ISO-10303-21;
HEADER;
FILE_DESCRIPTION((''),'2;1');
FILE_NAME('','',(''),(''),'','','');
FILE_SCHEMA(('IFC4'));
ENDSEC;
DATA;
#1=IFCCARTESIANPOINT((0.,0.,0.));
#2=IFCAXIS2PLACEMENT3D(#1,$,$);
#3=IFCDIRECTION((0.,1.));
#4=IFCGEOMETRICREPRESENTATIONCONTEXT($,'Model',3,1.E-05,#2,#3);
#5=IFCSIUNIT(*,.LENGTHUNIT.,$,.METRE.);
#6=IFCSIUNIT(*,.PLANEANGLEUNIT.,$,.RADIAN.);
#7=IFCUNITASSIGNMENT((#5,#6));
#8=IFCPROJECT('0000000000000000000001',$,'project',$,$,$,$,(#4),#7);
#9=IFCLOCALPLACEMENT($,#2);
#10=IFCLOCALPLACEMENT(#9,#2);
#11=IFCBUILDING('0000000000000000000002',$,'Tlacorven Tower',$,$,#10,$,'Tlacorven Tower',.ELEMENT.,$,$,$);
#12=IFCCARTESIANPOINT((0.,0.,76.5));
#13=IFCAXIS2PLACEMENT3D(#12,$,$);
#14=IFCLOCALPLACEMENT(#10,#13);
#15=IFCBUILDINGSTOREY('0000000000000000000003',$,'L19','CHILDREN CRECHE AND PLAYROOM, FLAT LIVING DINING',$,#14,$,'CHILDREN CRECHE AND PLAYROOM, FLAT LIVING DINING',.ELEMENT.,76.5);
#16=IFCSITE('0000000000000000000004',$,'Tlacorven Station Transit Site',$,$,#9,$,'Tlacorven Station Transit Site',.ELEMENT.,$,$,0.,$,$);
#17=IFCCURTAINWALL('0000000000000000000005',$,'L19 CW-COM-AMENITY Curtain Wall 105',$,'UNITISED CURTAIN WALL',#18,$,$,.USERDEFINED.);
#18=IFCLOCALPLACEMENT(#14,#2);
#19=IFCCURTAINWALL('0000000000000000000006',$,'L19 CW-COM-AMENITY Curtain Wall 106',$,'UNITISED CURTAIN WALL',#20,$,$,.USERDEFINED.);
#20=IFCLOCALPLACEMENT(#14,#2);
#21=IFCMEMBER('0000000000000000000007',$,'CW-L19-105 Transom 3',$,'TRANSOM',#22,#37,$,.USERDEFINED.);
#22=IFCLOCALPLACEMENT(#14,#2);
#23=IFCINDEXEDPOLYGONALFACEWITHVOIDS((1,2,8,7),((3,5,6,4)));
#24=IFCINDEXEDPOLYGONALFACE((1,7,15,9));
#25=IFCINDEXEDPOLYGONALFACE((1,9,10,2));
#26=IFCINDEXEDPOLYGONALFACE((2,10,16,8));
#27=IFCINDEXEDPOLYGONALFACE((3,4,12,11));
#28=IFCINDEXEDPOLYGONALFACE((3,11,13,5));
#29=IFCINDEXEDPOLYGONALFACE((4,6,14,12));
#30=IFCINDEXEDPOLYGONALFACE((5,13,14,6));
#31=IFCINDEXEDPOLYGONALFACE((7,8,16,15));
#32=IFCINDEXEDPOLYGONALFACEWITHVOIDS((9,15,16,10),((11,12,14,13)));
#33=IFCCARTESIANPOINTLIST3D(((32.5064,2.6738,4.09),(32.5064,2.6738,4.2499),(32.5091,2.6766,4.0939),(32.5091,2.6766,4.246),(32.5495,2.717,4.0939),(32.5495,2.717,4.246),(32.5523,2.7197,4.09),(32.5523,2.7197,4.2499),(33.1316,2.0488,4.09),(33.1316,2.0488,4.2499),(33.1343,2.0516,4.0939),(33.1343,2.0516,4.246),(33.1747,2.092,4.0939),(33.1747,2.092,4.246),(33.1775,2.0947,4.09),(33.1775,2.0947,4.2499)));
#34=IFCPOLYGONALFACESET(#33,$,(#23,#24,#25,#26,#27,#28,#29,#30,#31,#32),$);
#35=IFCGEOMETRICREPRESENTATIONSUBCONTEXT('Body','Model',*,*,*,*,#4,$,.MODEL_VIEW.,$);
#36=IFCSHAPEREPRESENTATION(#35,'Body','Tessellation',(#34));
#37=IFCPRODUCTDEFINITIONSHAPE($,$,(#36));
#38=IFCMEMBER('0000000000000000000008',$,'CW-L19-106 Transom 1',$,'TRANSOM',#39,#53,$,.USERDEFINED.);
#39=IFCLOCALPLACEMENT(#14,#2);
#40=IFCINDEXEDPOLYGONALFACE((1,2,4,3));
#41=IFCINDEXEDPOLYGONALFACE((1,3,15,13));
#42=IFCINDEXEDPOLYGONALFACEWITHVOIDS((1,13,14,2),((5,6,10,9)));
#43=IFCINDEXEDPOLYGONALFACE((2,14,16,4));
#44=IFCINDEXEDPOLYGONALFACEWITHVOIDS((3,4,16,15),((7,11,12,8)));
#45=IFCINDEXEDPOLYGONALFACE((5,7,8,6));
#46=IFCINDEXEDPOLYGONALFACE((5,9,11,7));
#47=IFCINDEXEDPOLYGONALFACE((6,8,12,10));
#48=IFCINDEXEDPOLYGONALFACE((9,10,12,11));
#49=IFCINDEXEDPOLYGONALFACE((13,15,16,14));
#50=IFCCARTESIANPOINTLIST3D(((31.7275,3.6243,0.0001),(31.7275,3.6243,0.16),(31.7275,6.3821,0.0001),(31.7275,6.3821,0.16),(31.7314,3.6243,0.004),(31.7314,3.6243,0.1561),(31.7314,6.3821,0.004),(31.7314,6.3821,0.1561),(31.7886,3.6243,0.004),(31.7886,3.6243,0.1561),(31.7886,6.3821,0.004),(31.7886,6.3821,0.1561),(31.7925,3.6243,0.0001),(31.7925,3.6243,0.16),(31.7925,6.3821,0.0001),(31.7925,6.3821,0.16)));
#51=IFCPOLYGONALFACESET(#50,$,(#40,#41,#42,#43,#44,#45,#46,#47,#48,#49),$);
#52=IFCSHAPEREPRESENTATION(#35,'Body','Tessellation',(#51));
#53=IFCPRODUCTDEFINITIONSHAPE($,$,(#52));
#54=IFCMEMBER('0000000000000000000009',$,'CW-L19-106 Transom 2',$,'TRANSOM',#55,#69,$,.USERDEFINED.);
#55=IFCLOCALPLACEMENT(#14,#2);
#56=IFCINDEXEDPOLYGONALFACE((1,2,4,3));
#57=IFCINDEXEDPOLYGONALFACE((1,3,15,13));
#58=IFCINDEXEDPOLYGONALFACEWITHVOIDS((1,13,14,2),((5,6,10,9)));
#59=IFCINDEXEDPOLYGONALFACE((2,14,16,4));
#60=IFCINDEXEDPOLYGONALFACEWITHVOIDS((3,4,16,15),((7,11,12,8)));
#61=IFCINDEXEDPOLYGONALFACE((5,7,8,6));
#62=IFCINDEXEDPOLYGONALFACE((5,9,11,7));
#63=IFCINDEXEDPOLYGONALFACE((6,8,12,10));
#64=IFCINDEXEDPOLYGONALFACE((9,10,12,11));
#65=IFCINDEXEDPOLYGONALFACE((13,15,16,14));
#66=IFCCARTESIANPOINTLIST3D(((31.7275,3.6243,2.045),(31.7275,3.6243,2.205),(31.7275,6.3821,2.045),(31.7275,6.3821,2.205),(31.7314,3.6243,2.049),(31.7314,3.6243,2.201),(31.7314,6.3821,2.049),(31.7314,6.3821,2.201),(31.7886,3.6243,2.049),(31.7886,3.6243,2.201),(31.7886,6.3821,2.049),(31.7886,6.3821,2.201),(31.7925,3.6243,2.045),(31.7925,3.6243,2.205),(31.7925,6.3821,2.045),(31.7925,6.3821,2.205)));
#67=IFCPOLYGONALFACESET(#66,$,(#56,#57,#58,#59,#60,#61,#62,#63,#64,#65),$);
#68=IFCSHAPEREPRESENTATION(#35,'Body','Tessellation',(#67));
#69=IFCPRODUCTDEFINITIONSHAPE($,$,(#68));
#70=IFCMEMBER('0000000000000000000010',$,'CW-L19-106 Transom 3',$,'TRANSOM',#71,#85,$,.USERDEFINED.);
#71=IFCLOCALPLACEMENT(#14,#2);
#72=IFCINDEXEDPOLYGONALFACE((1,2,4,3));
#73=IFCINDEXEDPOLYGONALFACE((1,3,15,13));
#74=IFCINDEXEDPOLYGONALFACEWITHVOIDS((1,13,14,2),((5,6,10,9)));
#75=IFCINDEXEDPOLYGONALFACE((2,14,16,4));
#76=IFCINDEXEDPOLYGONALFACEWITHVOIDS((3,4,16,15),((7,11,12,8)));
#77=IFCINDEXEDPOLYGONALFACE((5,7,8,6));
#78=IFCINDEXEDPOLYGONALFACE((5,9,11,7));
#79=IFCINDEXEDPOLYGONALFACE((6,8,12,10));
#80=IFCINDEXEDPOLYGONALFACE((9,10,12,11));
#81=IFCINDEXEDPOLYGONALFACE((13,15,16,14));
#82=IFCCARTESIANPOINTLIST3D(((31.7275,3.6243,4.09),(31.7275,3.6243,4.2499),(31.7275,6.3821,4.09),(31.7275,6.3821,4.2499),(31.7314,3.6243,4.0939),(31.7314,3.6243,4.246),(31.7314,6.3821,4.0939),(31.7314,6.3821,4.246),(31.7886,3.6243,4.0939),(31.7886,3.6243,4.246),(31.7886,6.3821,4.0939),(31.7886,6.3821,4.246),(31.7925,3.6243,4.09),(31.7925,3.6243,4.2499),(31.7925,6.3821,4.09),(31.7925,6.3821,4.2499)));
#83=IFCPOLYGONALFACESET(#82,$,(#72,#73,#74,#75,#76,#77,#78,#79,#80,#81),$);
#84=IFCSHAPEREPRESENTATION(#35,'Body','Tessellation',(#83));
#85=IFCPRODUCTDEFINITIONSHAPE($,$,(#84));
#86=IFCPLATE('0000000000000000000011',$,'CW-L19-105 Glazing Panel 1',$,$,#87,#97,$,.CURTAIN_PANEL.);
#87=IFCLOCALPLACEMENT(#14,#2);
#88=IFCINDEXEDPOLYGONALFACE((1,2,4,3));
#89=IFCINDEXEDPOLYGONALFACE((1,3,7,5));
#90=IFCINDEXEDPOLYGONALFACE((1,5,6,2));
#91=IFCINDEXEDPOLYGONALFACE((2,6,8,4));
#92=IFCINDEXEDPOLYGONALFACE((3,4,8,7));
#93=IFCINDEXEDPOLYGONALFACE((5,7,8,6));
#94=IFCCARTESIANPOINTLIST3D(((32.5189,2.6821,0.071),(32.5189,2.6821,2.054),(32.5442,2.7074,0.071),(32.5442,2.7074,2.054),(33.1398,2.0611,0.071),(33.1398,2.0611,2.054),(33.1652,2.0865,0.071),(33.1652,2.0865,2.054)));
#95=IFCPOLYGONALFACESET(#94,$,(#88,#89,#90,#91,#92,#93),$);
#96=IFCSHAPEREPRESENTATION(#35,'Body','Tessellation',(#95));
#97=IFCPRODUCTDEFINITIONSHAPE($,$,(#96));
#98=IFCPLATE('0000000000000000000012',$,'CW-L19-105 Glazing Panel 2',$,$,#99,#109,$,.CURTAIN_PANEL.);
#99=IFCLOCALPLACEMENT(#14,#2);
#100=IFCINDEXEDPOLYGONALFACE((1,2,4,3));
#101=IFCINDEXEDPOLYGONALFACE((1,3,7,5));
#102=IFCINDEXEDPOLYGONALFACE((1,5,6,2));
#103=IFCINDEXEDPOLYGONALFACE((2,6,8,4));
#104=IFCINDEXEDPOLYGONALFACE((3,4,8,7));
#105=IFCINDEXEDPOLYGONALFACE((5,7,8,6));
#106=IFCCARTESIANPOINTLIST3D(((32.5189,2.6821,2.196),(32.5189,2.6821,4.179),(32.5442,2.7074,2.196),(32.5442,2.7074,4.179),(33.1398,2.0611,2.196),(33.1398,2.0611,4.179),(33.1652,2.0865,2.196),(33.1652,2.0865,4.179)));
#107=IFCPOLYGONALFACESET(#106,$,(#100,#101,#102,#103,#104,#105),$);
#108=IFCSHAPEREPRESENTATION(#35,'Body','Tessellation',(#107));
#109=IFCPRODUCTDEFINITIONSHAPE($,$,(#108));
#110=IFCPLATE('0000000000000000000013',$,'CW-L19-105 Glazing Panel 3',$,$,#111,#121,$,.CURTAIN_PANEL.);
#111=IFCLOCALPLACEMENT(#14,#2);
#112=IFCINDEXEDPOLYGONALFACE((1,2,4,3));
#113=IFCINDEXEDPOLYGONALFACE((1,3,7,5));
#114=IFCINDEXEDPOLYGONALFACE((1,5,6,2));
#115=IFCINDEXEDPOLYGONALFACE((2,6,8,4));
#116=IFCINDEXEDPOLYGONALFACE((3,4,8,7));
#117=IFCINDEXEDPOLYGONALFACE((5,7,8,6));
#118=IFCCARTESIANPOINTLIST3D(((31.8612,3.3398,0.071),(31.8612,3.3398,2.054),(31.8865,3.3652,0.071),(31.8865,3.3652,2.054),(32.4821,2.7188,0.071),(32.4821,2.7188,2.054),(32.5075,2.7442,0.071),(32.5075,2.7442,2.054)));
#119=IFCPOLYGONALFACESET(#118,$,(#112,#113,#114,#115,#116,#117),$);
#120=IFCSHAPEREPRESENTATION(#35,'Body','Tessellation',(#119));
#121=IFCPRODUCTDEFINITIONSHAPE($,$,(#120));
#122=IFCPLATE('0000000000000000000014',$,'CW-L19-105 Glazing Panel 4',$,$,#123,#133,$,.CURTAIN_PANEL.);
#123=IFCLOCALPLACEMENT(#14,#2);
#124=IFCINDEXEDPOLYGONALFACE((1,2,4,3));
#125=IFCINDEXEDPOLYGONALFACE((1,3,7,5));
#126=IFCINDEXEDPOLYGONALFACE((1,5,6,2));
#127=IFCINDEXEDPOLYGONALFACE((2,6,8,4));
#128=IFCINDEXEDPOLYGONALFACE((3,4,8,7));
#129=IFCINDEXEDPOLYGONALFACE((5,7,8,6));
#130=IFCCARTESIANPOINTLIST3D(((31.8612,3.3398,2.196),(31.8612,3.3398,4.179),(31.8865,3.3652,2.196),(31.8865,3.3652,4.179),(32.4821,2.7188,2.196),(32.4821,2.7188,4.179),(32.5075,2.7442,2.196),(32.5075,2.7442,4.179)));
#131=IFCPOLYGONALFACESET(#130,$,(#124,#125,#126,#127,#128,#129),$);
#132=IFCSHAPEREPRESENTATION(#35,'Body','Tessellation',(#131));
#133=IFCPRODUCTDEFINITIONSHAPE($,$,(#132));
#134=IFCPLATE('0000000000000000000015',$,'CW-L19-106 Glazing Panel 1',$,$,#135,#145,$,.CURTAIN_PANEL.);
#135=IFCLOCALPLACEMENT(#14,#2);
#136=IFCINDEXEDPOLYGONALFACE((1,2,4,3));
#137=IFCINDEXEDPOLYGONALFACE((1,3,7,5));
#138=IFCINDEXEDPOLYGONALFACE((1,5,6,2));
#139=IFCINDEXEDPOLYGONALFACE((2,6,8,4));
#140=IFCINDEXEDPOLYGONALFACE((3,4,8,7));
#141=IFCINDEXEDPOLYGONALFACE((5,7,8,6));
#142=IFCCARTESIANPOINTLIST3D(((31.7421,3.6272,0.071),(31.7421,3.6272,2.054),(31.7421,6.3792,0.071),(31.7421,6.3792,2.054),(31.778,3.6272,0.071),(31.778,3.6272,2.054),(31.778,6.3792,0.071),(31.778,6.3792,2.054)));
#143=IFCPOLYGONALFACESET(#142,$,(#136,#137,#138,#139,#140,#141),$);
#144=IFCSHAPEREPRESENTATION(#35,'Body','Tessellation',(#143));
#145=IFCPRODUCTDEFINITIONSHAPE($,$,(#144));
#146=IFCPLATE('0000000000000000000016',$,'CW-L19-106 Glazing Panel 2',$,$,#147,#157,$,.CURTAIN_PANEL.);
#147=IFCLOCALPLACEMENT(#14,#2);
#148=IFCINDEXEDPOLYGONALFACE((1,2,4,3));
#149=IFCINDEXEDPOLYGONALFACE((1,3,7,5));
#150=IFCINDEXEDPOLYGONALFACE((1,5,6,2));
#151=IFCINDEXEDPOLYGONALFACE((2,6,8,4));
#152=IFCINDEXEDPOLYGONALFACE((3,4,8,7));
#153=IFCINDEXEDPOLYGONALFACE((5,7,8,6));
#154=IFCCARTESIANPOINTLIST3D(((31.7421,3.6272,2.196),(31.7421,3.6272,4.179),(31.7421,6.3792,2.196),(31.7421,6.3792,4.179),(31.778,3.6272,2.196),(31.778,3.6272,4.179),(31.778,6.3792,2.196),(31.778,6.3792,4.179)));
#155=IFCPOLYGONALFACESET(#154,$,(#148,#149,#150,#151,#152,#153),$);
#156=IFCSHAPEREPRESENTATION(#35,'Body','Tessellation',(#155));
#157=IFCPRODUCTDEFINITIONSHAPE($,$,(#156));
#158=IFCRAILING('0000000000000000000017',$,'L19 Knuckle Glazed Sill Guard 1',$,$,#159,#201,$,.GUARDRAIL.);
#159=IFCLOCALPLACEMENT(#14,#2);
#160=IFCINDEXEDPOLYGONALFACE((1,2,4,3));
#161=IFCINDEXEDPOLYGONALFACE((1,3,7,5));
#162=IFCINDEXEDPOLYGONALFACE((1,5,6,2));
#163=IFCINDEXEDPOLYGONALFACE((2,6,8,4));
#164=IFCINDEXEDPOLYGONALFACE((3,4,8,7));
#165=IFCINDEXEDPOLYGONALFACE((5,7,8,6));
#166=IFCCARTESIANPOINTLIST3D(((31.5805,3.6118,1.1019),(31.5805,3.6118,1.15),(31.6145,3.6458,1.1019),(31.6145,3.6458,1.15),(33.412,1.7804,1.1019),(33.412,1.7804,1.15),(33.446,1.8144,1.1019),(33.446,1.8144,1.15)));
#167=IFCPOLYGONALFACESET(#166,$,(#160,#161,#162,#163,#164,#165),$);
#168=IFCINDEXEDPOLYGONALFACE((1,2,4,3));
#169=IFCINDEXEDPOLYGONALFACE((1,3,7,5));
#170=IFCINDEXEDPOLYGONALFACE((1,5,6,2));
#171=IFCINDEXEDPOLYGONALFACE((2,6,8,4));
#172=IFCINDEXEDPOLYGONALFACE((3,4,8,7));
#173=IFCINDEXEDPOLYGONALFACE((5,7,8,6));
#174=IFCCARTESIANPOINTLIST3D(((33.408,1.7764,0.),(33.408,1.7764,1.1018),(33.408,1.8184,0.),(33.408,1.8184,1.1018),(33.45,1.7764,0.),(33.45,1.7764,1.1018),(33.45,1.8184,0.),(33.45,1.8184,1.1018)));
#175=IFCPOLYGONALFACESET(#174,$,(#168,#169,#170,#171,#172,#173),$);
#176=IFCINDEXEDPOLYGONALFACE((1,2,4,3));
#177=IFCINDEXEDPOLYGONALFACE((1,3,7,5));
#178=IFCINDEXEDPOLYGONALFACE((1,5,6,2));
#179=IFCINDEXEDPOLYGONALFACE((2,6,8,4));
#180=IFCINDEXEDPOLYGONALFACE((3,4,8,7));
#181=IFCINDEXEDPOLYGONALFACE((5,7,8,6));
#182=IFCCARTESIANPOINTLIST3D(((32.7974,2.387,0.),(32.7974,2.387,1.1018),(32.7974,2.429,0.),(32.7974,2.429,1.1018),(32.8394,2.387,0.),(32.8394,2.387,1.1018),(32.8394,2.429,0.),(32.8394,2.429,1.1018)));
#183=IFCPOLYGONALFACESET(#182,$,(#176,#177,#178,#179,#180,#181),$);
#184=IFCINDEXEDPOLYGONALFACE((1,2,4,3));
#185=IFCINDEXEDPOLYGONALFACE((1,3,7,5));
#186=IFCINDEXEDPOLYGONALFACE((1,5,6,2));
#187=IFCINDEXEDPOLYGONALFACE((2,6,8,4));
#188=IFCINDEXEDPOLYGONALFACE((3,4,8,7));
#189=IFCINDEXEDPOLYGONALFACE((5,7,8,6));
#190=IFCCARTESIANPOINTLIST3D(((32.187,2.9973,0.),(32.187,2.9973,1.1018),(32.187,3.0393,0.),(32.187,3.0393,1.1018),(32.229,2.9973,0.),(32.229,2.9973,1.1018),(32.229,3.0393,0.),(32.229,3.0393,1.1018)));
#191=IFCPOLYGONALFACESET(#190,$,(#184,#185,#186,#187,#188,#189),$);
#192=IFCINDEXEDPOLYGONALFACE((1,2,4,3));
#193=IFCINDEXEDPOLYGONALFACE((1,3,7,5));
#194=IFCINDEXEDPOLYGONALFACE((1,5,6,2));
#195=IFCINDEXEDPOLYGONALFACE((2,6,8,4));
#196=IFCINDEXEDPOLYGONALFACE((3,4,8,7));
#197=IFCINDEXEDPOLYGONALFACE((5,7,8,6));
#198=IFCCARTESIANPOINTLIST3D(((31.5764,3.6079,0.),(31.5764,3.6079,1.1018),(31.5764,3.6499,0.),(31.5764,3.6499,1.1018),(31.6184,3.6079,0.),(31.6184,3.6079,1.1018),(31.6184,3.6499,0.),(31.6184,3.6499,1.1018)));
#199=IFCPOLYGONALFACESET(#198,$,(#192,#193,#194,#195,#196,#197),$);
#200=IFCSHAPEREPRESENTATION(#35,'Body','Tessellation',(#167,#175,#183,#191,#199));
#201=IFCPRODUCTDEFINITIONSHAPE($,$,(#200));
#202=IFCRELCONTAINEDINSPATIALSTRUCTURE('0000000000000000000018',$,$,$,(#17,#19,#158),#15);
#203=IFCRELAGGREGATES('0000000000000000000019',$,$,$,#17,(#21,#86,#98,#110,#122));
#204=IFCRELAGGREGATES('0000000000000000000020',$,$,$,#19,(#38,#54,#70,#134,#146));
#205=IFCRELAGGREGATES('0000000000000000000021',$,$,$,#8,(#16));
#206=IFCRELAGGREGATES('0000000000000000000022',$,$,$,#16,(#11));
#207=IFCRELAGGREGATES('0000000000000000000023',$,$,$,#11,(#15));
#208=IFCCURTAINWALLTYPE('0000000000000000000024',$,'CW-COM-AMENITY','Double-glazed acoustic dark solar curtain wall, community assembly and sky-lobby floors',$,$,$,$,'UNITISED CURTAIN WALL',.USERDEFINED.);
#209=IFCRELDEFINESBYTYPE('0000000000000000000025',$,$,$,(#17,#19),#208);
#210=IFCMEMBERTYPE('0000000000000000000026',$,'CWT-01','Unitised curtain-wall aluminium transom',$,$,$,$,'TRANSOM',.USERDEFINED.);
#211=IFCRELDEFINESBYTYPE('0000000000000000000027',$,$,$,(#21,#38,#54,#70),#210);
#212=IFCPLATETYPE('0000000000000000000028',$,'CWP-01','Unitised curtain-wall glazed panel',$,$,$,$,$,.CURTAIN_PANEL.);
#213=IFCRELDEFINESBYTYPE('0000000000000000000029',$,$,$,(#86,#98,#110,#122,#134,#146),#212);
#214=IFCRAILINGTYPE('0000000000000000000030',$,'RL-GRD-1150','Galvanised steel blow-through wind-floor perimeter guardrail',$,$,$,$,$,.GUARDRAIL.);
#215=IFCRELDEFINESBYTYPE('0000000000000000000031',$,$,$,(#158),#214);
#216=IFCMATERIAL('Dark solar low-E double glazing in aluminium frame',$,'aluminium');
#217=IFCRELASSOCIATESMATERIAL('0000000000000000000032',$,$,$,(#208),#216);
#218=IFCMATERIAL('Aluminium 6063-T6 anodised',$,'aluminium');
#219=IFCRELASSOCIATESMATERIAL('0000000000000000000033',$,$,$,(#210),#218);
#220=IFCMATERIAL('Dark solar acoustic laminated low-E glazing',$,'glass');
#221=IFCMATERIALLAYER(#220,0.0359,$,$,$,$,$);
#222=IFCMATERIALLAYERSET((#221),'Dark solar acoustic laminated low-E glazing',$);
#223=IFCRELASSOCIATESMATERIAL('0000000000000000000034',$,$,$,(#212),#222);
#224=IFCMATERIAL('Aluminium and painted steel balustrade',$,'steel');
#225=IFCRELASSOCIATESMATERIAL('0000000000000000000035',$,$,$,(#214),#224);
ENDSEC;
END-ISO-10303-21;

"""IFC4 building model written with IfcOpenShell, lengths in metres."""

from ifc_helpers import new_model, si_unit, direction, frame, origin, origin_2d, place, context, subcontext, project, spatial, rectangle, hollow_rectangle, extrude, source, transform, mapped, material, layer, layer_set, material_profile, profile_set, type_object, element, aggregate, save


model = new_model("IFC4")

# Units and contexts
model_context = context("Model", 3, precision=1e-05, world=origin(), true_north=direction((0.0, 1.0)))
body_context = subcontext(model_context, "Body", "Model", "MODEL_VIEW")
ifc_project = project(units=[si_unit("LENGTHUNIT", "METRE"), si_unit("PLANEANGLEUNIT", "RADIAN")], contexts=[model_context])

# Site, building, storey
site_placement = place(None, origin())
site = spatial("IfcSite", under=ifc_project, at=site_placement, Name="Tlacorven Station Transit Site", LongName="Tlacorven Station Transit Site", CompositionType="ELEMENT", RefElevation=0.0)
building_placement = place(site_placement, origin())
building = spatial("IfcBuilding", under=site, at=building_placement, Name="Tlacorven Tower", LongName="Tlacorven Tower", CompositionType="ELEMENT")
storey_placement = place(building_placement, frame((0.0, 0.0, 76.5)))
storey = spatial("IfcBuildingStorey", under=building, at=storey_placement, Name="L19", Description="CHILDREN CRECHE AND PLAYROOM, FLAT LIVING DINING", LongName="CHILDREN CRECHE AND PLAYROOM, FLAT LIVING DINING", CompositionType="ELEMENT", Elevation=76.5)

# Shared definitions
ifc_material_1 = material(Name="Dark solar low-E double glazing in aluminium frame", Category="aluminium")
curtain_wall_type = type_object("IfcCurtainWallType", Name="CW-COM-AMENITY", Description="Double-glazed acoustic dark solar curtain wall, community assembly and sky-lobby floors", ElementType="UNITISED CURTAIN WALL", PredefinedType="USERDEFINED", material=ifc_material_1)
ifc_material_2 = material(Name="Aluminium 6063-T6 anodised", Category="aluminium")

# Curtain walls
curtain_wall_1_placement = place(storey_placement, origin())
curtain_wall_1 = element("IfcCurtainWall", 1, at=curtain_wall_1_placement, inside=storey, type_object=curtain_wall_type, Name="L19 CW-COM-AMENITY Curtain Wall 105", ObjectType="UNITISED CURTAIN WALL", PredefinedType="USERDEFINED")
curtain_wall_2_placement = place(storey_placement, origin())
curtain_wall_2 = element("IfcCurtainWall", 2, at=curtain_wall_2_placement, inside=storey, type_object=curtain_wall_type, Name="L19 CW-COM-AMENITY Curtain Wall 106", ObjectType="UNITISED CURTAIN WALL", PredefinedType="USERDEFINED")

# Members
ifc_material_profile_1 = material_profile(ifc_material_2, hollow_rectangle(XDim=0.0649, YDim=0.1599, WallThickness=0.0039, at=origin_2d()), Name="ALU TRANSOM 65X160")
ifc_profile_set_1 = profile_set([ifc_material_profile_1], Name="Aluminium 6063-T6 anodised")
member_type_1 = type_object("IfcMemberType", Name="CWT-01", Description="Unitised curtain-wall aluminium transom", ElementType="TRANSOM", PredefinedType="USERDEFINED", material=ifc_profile_set_1)
shared_shape_1 = source(origin(), body_context, "Body", "SweptSolid", [
    extrude(hollow_rectangle(XDim=0.0649, YDim=0.1599, WallThickness=0.0039, at=origin_2d()), origin(), (0.0, 0.0, 1.0), 0.884),
])
member_1_placement = place(storey_placement, frame((33.1545, 2.0718, 4.1699), z_axis=(-0.707245, 0.706969, 0.0), x_axis=(-0.706969, -0.707245, 0.0)))
member_1 = element("IfcMember", 3, at=member_1_placement, type_object=member_type_1, Name="CW-L19-105 Transom 3", ObjectType="TRANSOM", PredefinedType="USERDEFINED", context=body_context, shape_type="MappedRepresentation", body=[
    mapped(shared_shape_1, transform((0.0, 0.0, 0.0), scale=1.0)),
])
shared_shape_2 = source(origin(), body_context, "Body", "SweptSolid", [
    extrude(hollow_rectangle(XDim=0.0649, YDim=0.1599, WallThickness=0.0039, at=origin_2d()), origin(), (0.0, 0.0, 1.0), 2.7578),
])
member_2_placement = place(storey_placement, frame((31.76, 3.6243, 0.0801), z_axis=(0.0, 1.0, 0.0), x_axis=(-1.0, 0.0, 0.0)))
member_2 = element("IfcMember", 4, at=member_2_placement, type_object=member_type_1, Name="CW-L19-106 Transom 1", ObjectType="TRANSOM", PredefinedType="USERDEFINED", context=body_context, shape_type="MappedRepresentation", body=[
    mapped(shared_shape_2, transform((0.0, 0.0, 0.0), scale=1.0)),
])
member_3_placement = place(storey_placement, frame((31.76, 3.6243, 2.125), z_axis=(0.0, 1.0, 0.0), x_axis=(-1.0, 0.0, 0.0)))
member_3 = element("IfcMember", 5, at=member_3_placement, type_object=member_type_1, Name="CW-L19-106 Transom 2", ObjectType="TRANSOM", PredefinedType="USERDEFINED", context=body_context, shape_type="MappedRepresentation", body=[
    mapped(shared_shape_2, transform((0.0, 0.0, 0.0), scale=1.0)),
])
member_4_placement = place(storey_placement, frame((31.76, 3.6243, 4.1699), z_axis=(0.0, 1.0, 0.0), x_axis=(-1.0, 0.0, 0.0)))
member_4 = element("IfcMember", 6, at=member_4_placement, type_object=member_type_1, Name="CW-L19-106 Transom 3", ObjectType="TRANSOM", PredefinedType="USERDEFINED", context=body_context, shape_type="MappedRepresentation", body=[
    mapped(shared_shape_2, transform((0.0, 0.0, 0.0), scale=1.0)),
])

# Plates
ifc_material_3 = material(Name="Dark solar acoustic laminated low-E glazing", Category="glass")
ifc_layer = layer(ifc_material_3, 0.0359)
ifc_layer_set = layer_set([ifc_layer], Name="Dark solar acoustic laminated low-E glazing")
plate_type = type_object("IfcPlateType", Name="CWP-01", Description="Unitised curtain-wall glazed panel", PredefinedType="CURTAIN_PANEL", material=ifc_layer_set)
shared_shape_3 = source(origin(), body_context, "Body", "SweptSolid", [
    extrude(rectangle(XDim=0.8782, YDim=0.0359, at=origin_2d()), origin(), (0.0, 0.0, 1.0), 1.9829),
])
plate_1_placement = place(storey_placement, frame((32.842, 2.3843, 0.071), z_axis=(0.0, 0.0, 1.0), x_axis=(-0.707107, 0.707107, 0.0)))
plate_1 = element("IfcPlate", 7, at=plate_1_placement, type_object=plate_type, Name="CW-L19-105 Glazing Panel 1", PredefinedType="CURTAIN_PANEL", context=body_context, shape_type="MappedRepresentation", body=[
    mapped(shared_shape_3, transform((0.0, 0.0, 0.0), scale=1.0)),
])
plate_2_placement = place(storey_placement, frame((32.842, 2.3843, 2.196), z_axis=(0.0, 0.0, 1.0), x_axis=(-0.707107, 0.707107, 0.0)))
plate_2 = element("IfcPlate", 8, at=plate_2_placement, type_object=plate_type, Name="CW-L19-105 Glazing Panel 2", PredefinedType="CURTAIN_PANEL", context=body_context, shape_type="MappedRepresentation", body=[
    mapped(shared_shape_3, transform((0.0, 0.0, 0.0), scale=1.0)),
])
plate_3_placement = place(storey_placement, frame((32.1843, 3.042, 0.071), z_axis=(0.0, 0.0, 1.0), x_axis=(-0.707107, 0.707107, 0.0)))
plate_3 = element("IfcPlate", 9, at=plate_3_placement, type_object=plate_type, Name="CW-L19-105 Glazing Panel 3", PredefinedType="CURTAIN_PANEL", context=body_context, shape_type="MappedRepresentation", body=[
    mapped(shared_shape_3, transform((0.0, 0.0, 0.0), scale=1.0)),
])
plate_4_placement = place(storey_placement, frame((32.1843, 3.042, 2.196), z_axis=(0.0, 0.0, 1.0), x_axis=(-0.707107, 0.707107, 0.0)))
plate_4 = element("IfcPlate", 10, at=plate_4_placement, type_object=plate_type, Name="CW-L19-105 Glazing Panel 4", PredefinedType="CURTAIN_PANEL", context=body_context, shape_type="MappedRepresentation", body=[
    mapped(shared_shape_3, transform((0.0, 0.0, 0.0), scale=1.0)),
])
aggregate(curtain_wall_1, [member_1, plate_1, plate_2, plate_3, plate_4])
shared_shape_4 = source(origin(), body_context, "Body", "SweptSolid", [
    extrude(rectangle(XDim=2.752, YDim=0.0359, at=origin_2d()), origin(), (0.0, 0.0, 1.0), 1.9829),
])
plate_5_placement = place(storey_placement, frame((31.76, 5.0032, 0.071), z_axis=(0.0, 0.0, 1.0), x_axis=(0.0, 1.0, 0.0)))
plate_5 = element("IfcPlate", 11, at=plate_5_placement, type_object=plate_type, Name="CW-L19-106 Glazing Panel 1", PredefinedType="CURTAIN_PANEL", context=body_context, shape_type="MappedRepresentation", body=[
    mapped(shared_shape_4, transform((0.0, 0.0, 0.0), scale=1.0)),
])
plate_6_placement = place(storey_placement, frame((31.76, 5.0032, 2.196), z_axis=(0.0, 0.0, 1.0), x_axis=(0.0, 1.0, 0.0)))
plate_6 = element("IfcPlate", 12, at=plate_6_placement, type_object=plate_type, Name="CW-L19-106 Glazing Panel 2", PredefinedType="CURTAIN_PANEL", context=body_context, shape_type="MappedRepresentation", body=[
    mapped(shared_shape_4, transform((0.0, 0.0, 0.0), scale=1.0)),
])
aggregate(curtain_wall_2, [member_2, member_3, member_4, plate_5, plate_6])

# Railing
ifc_material_4 = material(Name="Aluminium and painted steel balustrade", Category="steel")
railing_type = type_object("IfcRailingType", Name="RL-GRD-1150", Description="Galvanised steel blow-through wind-floor perimeter guardrail", PredefinedType="GUARDRAIL", material=ifc_material_4)
shared_shape_5 = source(origin(), body_context, "Body", "SweptSolid", [
    extrude(rectangle(XDim=0.0481, YDim=0.0481, at=origin_2d()), frame((0.0, 0.0, 1.126), z_axis=(-0.707107, 0.707107, 0.0), x_axis=(-0.707107, -0.707107, 0.0)), (0.0, 0.0, 1.0), 2.5901),
    extrude(rectangle(XDim=0.042, YDim=0.042, at=origin_2d()), origin(), (0.0, 0.0, 1.0), 1.1018),
    extrude(rectangle(XDim=0.042, YDim=0.042, at=origin_2d()), frame((-0.6106, 0.6106, 0.0)), (0.0, 0.0, 1.0), 1.1018),
    extrude(rectangle(XDim=0.042, YDim=0.042, at=origin_2d()), frame((-1.2209, 1.2209, 0.0)), (0.0, 0.0, 1.0), 1.1018),
    extrude(rectangle(XDim=0.042, YDim=0.042, at=origin_2d()), frame((-1.8315, 1.8315, 0.0)), (0.0, 0.0, 1.0), 1.1018),
])
railing_placement = place(storey_placement, frame((33.429, 1.7974, 0.0)))
element("IfcRailing", 13, at=railing_placement, inside=storey, type_object=railing_type, Name="L19 Knuckle Glazed Sill Guard 1", PredefinedType="GUARDRAIL", context=body_context, shape_type="MappedRepresentation", body=[
    mapped(shared_shape_5, transform((0.0, 0.0, 0.0), scale=1.0)),
])

save(model, "model.ifc")
